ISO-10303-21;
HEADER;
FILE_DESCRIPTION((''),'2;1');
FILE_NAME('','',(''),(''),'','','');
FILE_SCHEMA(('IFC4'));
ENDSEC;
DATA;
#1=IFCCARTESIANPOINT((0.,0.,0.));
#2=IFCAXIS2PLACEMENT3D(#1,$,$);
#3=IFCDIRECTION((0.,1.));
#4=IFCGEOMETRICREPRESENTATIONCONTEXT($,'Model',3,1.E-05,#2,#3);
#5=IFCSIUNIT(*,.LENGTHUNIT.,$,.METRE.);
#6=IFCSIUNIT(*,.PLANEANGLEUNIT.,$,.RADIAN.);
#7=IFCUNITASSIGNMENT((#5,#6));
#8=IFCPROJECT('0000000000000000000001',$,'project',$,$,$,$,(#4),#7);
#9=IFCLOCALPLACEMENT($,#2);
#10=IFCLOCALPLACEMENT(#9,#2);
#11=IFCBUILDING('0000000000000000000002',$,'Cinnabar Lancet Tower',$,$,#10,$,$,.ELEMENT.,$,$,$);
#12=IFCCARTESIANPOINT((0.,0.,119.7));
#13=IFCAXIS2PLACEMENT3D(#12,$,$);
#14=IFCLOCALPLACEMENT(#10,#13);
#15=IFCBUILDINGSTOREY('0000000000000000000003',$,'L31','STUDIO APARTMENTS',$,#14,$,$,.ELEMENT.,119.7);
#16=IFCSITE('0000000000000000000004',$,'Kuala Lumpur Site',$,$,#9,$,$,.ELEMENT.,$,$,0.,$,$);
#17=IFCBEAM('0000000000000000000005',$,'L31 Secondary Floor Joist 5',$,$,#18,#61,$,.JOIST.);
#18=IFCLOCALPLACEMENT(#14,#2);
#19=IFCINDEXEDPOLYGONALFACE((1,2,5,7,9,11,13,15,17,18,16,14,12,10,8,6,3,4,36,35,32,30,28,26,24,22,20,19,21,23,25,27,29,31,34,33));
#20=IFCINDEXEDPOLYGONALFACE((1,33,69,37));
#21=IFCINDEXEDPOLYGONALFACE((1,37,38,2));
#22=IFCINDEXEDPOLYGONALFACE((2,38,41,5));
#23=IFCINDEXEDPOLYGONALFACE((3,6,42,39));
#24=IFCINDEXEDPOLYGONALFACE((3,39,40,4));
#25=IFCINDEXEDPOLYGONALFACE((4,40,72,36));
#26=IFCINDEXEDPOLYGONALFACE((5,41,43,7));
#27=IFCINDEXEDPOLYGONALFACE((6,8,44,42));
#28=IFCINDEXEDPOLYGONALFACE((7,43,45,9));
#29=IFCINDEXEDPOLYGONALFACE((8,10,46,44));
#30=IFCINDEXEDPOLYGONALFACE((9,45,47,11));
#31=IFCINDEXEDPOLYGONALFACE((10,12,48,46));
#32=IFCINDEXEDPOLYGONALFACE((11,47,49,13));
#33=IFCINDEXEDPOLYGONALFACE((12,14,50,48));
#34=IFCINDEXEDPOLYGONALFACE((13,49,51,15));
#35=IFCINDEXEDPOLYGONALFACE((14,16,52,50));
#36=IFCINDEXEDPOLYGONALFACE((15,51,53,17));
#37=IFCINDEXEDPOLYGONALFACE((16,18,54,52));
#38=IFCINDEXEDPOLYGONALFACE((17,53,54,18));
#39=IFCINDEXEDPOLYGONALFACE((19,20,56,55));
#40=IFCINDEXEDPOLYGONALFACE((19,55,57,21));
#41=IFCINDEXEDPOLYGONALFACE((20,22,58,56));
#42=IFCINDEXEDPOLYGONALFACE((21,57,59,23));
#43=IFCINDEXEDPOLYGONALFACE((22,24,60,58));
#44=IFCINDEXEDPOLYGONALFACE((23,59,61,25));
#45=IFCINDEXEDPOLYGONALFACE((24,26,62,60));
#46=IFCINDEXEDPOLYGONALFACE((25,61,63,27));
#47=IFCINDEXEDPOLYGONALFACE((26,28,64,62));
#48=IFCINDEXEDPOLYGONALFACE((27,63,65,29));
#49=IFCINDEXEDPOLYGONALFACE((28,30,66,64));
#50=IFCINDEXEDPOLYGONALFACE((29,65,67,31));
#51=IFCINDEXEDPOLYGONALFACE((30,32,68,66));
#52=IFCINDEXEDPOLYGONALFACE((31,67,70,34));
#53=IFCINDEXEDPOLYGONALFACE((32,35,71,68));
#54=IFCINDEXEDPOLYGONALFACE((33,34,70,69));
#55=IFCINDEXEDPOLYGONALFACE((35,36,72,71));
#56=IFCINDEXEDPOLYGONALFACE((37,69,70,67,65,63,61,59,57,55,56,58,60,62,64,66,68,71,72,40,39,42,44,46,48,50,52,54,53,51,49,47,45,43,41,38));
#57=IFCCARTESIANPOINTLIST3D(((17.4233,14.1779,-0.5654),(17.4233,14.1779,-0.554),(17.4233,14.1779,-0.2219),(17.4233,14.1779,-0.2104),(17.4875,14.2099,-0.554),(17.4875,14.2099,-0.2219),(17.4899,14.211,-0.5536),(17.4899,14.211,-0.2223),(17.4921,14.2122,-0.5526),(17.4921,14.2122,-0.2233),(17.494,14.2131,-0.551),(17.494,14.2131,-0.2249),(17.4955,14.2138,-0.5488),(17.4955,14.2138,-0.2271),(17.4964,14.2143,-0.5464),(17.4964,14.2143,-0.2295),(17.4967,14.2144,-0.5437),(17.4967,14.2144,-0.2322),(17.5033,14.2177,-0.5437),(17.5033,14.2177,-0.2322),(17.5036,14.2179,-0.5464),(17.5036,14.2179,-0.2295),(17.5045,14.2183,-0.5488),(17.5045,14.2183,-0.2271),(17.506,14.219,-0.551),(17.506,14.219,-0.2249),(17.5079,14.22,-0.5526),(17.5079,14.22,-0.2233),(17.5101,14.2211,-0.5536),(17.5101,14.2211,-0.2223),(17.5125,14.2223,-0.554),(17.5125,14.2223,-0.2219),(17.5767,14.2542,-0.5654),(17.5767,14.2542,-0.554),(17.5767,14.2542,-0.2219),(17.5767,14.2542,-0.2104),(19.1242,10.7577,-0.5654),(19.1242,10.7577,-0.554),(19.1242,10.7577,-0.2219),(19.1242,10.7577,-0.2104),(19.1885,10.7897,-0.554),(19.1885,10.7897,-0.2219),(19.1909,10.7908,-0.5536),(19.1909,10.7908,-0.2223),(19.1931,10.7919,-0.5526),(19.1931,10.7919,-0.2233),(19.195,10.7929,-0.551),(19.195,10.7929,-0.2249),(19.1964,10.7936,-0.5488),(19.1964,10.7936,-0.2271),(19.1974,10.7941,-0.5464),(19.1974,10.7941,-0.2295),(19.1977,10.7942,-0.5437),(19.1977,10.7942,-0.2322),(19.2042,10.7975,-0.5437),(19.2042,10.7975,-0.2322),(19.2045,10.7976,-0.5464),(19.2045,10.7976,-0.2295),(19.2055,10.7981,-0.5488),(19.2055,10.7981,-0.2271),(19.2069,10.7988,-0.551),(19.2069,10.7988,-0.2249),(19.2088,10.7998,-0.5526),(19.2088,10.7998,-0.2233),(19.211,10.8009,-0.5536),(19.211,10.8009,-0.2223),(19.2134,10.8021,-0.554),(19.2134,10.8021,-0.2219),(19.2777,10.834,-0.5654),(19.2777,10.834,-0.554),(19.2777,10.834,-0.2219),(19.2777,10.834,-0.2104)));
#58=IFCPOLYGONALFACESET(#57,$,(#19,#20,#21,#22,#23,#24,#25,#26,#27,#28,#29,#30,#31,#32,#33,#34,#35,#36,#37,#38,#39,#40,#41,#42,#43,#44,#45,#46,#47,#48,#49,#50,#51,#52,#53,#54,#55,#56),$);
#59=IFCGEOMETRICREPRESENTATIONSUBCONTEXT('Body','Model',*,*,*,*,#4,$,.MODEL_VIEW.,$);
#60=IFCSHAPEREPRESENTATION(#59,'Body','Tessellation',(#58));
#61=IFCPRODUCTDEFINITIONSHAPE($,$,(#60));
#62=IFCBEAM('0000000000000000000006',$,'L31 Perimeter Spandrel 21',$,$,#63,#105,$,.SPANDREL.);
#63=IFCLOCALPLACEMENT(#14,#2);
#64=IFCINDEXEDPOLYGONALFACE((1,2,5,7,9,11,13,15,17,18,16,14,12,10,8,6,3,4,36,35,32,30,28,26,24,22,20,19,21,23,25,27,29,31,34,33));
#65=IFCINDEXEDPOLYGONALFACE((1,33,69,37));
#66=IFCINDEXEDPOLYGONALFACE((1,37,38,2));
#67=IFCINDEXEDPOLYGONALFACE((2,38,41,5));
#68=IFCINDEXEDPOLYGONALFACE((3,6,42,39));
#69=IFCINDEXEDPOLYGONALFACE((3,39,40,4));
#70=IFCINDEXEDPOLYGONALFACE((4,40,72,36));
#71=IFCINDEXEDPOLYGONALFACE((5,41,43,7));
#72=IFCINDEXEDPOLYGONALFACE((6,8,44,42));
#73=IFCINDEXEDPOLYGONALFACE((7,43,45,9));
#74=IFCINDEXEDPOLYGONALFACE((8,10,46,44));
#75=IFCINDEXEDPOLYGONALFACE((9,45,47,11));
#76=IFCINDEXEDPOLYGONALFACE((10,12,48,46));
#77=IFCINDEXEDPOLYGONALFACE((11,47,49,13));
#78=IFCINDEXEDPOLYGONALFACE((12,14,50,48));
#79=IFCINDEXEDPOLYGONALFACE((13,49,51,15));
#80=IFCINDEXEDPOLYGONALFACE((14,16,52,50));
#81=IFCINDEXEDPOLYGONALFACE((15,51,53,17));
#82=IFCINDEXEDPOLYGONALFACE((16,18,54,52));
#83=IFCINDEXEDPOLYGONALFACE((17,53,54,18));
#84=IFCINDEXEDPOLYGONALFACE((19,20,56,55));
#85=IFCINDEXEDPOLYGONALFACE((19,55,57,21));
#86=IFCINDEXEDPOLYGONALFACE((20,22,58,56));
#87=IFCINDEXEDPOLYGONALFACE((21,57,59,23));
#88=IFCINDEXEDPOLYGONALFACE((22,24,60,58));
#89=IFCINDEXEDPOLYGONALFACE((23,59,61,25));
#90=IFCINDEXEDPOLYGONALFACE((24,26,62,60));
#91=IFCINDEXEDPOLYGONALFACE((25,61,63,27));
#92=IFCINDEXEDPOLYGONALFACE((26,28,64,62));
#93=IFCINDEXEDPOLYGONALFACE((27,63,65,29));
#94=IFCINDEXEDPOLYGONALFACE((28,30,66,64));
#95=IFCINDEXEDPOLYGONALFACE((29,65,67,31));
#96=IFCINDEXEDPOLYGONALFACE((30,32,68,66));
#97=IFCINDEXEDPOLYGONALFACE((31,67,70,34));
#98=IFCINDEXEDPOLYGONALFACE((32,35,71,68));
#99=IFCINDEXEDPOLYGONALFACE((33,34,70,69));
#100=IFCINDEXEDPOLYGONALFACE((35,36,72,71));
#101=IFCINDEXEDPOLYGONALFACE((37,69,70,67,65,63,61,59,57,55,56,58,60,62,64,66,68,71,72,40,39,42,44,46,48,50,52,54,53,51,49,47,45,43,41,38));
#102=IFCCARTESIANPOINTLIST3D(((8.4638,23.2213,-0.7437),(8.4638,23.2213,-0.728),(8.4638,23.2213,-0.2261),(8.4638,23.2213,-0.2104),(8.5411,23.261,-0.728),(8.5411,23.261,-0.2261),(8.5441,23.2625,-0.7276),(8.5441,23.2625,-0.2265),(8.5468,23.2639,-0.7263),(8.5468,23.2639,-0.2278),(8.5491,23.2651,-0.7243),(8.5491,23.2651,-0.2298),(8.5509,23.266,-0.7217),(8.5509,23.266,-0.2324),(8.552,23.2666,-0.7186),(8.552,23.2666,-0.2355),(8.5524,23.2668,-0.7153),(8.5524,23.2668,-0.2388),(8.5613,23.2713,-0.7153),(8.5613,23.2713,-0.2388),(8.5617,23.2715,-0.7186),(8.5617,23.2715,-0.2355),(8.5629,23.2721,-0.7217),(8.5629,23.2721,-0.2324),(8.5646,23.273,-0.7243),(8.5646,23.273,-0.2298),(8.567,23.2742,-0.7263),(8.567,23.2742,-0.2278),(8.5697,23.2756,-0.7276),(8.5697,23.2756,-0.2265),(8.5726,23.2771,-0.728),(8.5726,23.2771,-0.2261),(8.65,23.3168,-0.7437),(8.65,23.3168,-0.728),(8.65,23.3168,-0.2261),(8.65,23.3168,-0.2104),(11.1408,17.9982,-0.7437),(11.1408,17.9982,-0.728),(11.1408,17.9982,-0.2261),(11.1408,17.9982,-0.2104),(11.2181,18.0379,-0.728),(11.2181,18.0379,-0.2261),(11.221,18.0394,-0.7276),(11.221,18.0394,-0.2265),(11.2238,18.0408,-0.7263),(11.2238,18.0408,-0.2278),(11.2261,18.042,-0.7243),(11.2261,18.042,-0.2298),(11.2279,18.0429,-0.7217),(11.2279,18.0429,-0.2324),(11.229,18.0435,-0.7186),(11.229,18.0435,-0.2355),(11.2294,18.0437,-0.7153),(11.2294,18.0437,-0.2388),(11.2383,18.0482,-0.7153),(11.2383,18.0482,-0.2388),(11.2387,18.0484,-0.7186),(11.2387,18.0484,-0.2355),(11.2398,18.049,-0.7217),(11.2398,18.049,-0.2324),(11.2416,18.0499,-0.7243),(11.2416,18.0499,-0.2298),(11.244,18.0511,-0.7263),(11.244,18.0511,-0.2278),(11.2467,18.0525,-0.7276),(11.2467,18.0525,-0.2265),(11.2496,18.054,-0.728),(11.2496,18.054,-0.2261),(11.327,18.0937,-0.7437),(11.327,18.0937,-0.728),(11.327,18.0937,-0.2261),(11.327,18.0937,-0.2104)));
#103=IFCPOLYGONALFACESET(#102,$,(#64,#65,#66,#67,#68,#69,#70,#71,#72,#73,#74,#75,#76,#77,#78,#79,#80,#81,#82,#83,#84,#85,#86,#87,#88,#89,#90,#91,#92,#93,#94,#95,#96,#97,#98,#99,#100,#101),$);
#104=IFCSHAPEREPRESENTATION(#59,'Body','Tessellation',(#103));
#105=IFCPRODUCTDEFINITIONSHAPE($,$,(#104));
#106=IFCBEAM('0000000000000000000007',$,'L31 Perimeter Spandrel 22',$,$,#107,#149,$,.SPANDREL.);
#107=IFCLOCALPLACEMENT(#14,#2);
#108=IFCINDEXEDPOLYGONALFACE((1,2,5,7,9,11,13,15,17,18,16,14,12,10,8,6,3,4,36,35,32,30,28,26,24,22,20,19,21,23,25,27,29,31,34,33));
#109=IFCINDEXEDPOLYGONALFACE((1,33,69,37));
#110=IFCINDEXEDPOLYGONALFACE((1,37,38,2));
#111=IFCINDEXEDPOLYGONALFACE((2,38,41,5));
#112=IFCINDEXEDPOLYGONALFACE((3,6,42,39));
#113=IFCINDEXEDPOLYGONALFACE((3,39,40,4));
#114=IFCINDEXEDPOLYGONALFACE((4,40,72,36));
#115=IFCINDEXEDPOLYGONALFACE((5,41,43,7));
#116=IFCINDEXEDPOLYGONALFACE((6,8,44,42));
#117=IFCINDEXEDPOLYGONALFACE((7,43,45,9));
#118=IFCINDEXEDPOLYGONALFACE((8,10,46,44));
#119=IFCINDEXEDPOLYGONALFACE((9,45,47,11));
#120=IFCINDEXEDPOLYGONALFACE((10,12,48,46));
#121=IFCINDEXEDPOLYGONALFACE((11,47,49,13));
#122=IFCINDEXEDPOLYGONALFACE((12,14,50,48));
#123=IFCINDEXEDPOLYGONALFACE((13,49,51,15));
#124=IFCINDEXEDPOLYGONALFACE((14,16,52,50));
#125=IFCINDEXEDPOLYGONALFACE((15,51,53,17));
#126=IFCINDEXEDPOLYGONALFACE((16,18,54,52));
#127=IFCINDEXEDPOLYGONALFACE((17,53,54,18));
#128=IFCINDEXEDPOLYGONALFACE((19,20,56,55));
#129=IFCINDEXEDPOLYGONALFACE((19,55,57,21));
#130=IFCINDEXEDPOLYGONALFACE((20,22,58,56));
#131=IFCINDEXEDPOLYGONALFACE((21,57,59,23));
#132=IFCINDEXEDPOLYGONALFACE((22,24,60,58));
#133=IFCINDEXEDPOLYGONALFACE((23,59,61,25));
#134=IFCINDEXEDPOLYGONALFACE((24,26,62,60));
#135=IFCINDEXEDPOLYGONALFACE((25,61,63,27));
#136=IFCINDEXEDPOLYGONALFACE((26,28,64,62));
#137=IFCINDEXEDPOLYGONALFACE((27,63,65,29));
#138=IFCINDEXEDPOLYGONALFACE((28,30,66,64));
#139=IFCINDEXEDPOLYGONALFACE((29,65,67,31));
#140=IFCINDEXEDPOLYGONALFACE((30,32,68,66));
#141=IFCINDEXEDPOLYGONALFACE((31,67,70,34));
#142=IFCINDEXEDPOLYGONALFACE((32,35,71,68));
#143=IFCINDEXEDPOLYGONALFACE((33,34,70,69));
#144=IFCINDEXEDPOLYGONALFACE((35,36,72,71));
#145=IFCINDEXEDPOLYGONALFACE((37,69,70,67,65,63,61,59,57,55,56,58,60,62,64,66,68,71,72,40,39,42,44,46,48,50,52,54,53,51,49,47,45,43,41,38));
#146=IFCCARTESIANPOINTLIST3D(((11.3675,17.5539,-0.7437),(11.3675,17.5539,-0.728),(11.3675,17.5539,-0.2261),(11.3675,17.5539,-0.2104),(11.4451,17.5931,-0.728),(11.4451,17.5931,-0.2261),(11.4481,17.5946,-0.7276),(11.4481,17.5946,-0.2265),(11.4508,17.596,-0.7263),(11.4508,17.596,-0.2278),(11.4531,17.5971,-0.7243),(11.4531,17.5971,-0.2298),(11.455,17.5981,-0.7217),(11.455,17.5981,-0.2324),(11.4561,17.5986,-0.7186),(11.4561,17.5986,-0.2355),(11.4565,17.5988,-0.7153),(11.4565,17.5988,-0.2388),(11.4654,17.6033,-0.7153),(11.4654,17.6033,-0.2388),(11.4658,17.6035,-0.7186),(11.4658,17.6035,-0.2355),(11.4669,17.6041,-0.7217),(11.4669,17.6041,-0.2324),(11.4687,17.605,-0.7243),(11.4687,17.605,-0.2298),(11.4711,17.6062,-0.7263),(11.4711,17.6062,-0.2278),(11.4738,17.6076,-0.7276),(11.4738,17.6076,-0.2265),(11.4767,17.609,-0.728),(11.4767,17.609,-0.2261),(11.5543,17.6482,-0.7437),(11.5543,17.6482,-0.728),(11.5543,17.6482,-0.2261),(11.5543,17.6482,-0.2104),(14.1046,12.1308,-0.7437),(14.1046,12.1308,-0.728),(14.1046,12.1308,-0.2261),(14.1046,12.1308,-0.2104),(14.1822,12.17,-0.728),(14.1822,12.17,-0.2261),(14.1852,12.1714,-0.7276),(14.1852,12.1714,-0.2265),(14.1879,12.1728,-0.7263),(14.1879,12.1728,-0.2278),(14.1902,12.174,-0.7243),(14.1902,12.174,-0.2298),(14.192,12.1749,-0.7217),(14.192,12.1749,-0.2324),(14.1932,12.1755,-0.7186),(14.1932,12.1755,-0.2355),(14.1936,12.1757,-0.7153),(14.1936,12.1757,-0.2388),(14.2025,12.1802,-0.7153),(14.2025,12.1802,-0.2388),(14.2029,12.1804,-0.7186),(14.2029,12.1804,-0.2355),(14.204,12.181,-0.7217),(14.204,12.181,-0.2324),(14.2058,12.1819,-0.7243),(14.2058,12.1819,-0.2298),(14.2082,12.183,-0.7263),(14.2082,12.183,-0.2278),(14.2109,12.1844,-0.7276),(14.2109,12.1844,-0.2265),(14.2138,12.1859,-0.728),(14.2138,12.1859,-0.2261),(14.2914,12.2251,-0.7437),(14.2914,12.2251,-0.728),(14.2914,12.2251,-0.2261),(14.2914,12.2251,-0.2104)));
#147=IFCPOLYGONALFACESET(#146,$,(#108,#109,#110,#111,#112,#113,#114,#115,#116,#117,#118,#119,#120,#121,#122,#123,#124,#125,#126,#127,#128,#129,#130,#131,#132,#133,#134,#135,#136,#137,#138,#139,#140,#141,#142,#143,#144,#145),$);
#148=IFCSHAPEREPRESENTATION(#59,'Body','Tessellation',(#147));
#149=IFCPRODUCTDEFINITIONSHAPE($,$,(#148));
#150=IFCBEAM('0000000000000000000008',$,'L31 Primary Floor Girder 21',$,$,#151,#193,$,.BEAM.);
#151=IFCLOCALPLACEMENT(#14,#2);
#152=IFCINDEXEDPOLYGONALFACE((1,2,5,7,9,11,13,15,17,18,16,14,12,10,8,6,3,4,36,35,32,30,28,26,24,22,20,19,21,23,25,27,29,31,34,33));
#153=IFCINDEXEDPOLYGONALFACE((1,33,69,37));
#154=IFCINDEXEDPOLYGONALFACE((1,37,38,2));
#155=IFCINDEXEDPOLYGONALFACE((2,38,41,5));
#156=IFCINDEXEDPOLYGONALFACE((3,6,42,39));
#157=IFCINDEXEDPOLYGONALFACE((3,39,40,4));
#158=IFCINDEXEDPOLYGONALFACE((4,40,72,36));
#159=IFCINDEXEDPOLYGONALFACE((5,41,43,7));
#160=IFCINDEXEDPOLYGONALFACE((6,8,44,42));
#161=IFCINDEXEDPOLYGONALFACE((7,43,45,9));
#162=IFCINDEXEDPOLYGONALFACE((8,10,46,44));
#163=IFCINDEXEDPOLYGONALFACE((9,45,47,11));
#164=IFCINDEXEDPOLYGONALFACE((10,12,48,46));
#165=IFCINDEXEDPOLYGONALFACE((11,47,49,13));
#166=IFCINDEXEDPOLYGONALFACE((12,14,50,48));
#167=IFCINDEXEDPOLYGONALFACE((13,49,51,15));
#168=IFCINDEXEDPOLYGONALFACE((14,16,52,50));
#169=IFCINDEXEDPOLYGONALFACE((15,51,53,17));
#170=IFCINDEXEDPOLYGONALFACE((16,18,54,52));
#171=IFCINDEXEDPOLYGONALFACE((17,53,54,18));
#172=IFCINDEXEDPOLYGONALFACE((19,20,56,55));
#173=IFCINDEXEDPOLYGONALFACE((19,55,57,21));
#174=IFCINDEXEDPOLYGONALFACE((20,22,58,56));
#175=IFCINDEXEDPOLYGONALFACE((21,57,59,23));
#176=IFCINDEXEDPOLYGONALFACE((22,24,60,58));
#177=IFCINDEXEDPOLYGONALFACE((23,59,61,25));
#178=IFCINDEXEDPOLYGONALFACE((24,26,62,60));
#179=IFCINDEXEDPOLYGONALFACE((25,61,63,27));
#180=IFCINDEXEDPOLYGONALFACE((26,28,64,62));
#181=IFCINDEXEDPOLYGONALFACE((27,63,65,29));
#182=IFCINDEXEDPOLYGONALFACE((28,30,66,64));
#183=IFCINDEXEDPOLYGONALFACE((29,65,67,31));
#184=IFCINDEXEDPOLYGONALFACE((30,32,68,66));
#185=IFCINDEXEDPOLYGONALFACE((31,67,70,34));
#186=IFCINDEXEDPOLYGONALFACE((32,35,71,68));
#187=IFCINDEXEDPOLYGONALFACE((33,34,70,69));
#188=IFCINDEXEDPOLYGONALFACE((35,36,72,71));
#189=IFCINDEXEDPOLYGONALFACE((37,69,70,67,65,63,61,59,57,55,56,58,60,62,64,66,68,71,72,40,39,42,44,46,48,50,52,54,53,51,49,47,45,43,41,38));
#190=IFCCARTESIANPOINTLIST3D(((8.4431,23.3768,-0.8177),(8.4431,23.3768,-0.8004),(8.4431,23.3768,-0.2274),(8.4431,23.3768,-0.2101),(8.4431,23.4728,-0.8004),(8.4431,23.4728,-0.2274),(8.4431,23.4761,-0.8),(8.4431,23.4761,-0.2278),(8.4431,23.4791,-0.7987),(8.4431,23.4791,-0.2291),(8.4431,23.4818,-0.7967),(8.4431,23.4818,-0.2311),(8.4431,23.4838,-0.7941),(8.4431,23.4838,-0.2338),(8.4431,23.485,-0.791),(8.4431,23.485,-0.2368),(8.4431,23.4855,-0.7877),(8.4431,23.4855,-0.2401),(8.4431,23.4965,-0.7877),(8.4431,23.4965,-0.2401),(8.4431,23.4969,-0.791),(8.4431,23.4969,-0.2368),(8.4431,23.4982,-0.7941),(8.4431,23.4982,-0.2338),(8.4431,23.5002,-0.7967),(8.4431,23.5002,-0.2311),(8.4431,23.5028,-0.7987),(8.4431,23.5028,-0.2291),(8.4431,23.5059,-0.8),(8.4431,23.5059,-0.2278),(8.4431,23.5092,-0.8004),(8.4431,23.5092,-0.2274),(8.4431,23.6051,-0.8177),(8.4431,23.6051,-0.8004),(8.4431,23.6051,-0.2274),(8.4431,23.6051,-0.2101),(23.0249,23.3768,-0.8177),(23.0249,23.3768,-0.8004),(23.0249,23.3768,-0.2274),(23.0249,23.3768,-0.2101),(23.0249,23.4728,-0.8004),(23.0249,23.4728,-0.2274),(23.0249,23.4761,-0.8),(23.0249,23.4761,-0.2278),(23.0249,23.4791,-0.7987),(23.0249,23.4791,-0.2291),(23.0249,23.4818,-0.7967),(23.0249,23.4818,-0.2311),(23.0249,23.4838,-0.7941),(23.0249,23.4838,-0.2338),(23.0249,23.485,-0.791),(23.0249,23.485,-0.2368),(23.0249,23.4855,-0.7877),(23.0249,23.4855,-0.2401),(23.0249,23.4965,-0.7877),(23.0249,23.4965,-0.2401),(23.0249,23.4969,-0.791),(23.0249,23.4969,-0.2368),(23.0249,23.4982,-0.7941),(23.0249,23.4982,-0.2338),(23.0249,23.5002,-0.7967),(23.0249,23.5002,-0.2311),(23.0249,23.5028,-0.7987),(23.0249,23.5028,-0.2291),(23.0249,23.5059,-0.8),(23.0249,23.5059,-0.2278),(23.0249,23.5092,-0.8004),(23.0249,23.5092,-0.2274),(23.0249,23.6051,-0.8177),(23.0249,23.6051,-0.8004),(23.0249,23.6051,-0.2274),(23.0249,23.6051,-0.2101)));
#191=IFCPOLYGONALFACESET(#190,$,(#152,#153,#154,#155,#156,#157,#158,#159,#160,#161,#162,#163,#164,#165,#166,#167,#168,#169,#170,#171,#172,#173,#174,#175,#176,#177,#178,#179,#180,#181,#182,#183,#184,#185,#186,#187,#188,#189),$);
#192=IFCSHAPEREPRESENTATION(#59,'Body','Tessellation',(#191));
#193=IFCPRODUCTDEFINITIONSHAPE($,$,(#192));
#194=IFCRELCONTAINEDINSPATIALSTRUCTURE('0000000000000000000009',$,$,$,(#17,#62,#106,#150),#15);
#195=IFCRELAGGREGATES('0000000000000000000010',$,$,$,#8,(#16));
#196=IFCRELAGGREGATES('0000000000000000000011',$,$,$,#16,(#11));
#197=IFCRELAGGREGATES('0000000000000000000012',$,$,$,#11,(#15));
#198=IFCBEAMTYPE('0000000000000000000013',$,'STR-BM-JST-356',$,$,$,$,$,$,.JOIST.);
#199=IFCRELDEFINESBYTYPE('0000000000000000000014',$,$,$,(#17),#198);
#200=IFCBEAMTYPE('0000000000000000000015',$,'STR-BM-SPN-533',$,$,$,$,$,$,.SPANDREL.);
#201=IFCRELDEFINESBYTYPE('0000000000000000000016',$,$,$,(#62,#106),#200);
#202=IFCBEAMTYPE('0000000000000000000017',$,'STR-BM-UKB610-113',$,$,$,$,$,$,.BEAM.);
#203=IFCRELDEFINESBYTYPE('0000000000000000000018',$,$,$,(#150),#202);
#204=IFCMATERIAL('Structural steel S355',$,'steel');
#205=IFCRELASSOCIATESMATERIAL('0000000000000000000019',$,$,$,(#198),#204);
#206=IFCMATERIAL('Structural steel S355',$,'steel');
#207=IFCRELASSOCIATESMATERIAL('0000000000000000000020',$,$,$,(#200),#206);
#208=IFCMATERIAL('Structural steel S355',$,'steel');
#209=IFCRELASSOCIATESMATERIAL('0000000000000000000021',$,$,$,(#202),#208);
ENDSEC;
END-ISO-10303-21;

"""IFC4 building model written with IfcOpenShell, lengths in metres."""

from ifc_helpers import new_model, si_unit, direction, frame, origin, origin_2d, place, context, subcontext, project, spatial, i_section, extrude, material, material_profile, profile_set, type_object, element, save


model = new_model("IFC4")

# Units and contexts
model_context = context("Model", 3, precision=1e-05, world=origin(), true_north=direction((0.0, 1.0)))
body_context = subcontext(model_context, "Body", "Model", "MODEL_VIEW")
ifc_project = project(units=[si_unit("LENGTHUNIT", "METRE"), si_unit("PLANEANGLEUNIT", "RADIAN")], contexts=[model_context])

# Site, building, storey
site_placement = place(None, origin())
site = spatial("IfcSite", under=ifc_project, at=site_placement, Name="Kuala Lumpur Site", CompositionType="ELEMENT", RefElevation=0.0)
building_placement = place(site_placement, origin())
building = spatial("IfcBuilding", under=site, at=building_placement, Name="Cinnabar Lancet Tower", CompositionType="ELEMENT")
storey_placement = place(building_placement, frame((0.0, 0.0, 119.7)))
storey = spatial("IfcBuildingStorey", under=building, at=storey_placement, Name="L31", Description="STUDIO APARTMENTS", CompositionType="ELEMENT", Elevation=119.7)

# Beams
ifc_material_1 = material(Name="Structural steel S355", Category="steel")
ifc_material_profile_1 = material_profile(ifc_material_1, i_section(OverallWidth=0.1714, OverallDepth=0.355, WebThickness=0.0073, FlangeThickness=0.0115, FilletRadius=0.0103, at=origin_2d()), Name="UKB 356x171x51")
ifc_profile_set_1 = profile_set([ifc_material_profile_1], Name="Structural steel S355")
beam_type_1 = type_object("IfcBeamType", Name="STR-BM-JST-356", PredefinedType="JOIST", material=ifc_profile_set_1)
beam_1_placement = place(storey_placement, frame((17.5, 14.2161, -0.3879), z_axis=(0.445295, -0.895384, 0.0), x_axis=(0.895384, 0.445295, 0.0)))
element("IfcBeam", 1, at=beam_1_placement, inside=storey, type_object=beam_type_1, Name="L31 Secondary Floor Joist 5", PredefinedType="JOIST", context=body_context, shape_type="SweptSolid", body=[
    extrude(i_section(OverallWidth=0.1714, OverallDepth=0.355, WebThickness=0.0073, FlangeThickness=0.0115, FilletRadius=0.0103, at=origin_2d()), origin(), (0.0, 0.0, 1.0), 3.8198),
])
ifc_material_2 = material(Name="Structural steel S355", Category="steel")
ifc_material_profile_2 = material_profile(ifc_material_2, i_section(OverallWidth=0.2092, OverallDepth=0.5332, WebThickness=0.01, FlangeThickness=0.0156, FilletRadius=0.0127, at=origin_2d()), Name="UKB 533x210x92")
ifc_profile_set_2 = profile_set([ifc_material_profile_2], Name="Structural steel S355")
beam_type_2 = type_object("IfcBeamType", Name="STR-BM-SPN-533", PredefinedType="SPANDREL", material=ifc_profile_set_2)
beam_2_placement = place(storey_placement, frame((8.5569, 23.269, -0.4771), z_axis=(0.45611, -0.889924, 0.0), x_axis=(0.889924, 0.45611, 0.0)))
element("IfcBeam", 2, at=beam_2_placement, inside=storey, type_object=beam_type_2, Name="L31 Perimeter Spandrel 21", PredefinedType="SPANDREL", context=body_context, shape_type="SweptSolid", body=[
    extrude(i_section(OverallWidth=0.2092, OverallDepth=0.5332, WebThickness=0.01, FlangeThickness=0.0156, FilletRadius=0.0127, at=origin_2d()), origin(), (0.0, 0.0, 1.0), 5.8691),
])
beam_3_placement = place(storey_placement, frame((11.4609, 17.6011, -0.4771), z_axis=(0.45057, -0.892741, 0.0), x_axis=(0.892741, 0.45057, 0.0)))
element("IfcBeam", 3, at=beam_3_placement, inside=storey, type_object=beam_type_2, Name="L31 Perimeter Spandrel 22", PredefinedType="SPANDREL", context=body_context, shape_type="SweptSolid", body=[
    extrude(i_section(OverallWidth=0.2092, OverallDepth=0.5332, WebThickness=0.01, FlangeThickness=0.0156, FilletRadius=0.0127, at=origin_2d()), origin(), (0.0, 0.0, 1.0), 6.0747),
])
ifc_material_3 = material(Name="Structural steel S355", Category="steel")
ifc_material_profile_3 = material_profile(ifc_material_3, i_section(OverallWidth=0.2283, OverallDepth=0.6077, WebThickness=0.011, FlangeThickness=0.0173, FilletRadius=0.0127, at=origin_2d()), Name="UKB 610x229x113")
ifc_profile_set_3 = profile_set([ifc_material_profile_3], Name="Structural steel S355")
beam_type_3 = type_object("IfcBeamType", Name="STR-BM-UKB610-113", PredefinedType="BEAM", material=ifc_profile_set_3)
beam_4_placement = place(storey_placement, frame((8.4431, 23.491, -0.5139), z_axis=(1.0, 0.0, 0.0), x_axis=(0.0, 1.0, 0.0)))
element("IfcBeam", 4, at=beam_4_placement, inside=storey, type_object=beam_type_3, Name="L31 Primary Floor Girder 21", PredefinedType="BEAM", context=body_context, shape_type="SweptSolid", body=[
    extrude(i_section(OverallWidth=0.2283, OverallDepth=0.6077, WebThickness=0.011, FlangeThickness=0.0173, FilletRadius=0.0127, at=origin_2d()), origin(), (0.0, 0.0, 1.0), 14.5818),
])

save(model, "model.ifc")
